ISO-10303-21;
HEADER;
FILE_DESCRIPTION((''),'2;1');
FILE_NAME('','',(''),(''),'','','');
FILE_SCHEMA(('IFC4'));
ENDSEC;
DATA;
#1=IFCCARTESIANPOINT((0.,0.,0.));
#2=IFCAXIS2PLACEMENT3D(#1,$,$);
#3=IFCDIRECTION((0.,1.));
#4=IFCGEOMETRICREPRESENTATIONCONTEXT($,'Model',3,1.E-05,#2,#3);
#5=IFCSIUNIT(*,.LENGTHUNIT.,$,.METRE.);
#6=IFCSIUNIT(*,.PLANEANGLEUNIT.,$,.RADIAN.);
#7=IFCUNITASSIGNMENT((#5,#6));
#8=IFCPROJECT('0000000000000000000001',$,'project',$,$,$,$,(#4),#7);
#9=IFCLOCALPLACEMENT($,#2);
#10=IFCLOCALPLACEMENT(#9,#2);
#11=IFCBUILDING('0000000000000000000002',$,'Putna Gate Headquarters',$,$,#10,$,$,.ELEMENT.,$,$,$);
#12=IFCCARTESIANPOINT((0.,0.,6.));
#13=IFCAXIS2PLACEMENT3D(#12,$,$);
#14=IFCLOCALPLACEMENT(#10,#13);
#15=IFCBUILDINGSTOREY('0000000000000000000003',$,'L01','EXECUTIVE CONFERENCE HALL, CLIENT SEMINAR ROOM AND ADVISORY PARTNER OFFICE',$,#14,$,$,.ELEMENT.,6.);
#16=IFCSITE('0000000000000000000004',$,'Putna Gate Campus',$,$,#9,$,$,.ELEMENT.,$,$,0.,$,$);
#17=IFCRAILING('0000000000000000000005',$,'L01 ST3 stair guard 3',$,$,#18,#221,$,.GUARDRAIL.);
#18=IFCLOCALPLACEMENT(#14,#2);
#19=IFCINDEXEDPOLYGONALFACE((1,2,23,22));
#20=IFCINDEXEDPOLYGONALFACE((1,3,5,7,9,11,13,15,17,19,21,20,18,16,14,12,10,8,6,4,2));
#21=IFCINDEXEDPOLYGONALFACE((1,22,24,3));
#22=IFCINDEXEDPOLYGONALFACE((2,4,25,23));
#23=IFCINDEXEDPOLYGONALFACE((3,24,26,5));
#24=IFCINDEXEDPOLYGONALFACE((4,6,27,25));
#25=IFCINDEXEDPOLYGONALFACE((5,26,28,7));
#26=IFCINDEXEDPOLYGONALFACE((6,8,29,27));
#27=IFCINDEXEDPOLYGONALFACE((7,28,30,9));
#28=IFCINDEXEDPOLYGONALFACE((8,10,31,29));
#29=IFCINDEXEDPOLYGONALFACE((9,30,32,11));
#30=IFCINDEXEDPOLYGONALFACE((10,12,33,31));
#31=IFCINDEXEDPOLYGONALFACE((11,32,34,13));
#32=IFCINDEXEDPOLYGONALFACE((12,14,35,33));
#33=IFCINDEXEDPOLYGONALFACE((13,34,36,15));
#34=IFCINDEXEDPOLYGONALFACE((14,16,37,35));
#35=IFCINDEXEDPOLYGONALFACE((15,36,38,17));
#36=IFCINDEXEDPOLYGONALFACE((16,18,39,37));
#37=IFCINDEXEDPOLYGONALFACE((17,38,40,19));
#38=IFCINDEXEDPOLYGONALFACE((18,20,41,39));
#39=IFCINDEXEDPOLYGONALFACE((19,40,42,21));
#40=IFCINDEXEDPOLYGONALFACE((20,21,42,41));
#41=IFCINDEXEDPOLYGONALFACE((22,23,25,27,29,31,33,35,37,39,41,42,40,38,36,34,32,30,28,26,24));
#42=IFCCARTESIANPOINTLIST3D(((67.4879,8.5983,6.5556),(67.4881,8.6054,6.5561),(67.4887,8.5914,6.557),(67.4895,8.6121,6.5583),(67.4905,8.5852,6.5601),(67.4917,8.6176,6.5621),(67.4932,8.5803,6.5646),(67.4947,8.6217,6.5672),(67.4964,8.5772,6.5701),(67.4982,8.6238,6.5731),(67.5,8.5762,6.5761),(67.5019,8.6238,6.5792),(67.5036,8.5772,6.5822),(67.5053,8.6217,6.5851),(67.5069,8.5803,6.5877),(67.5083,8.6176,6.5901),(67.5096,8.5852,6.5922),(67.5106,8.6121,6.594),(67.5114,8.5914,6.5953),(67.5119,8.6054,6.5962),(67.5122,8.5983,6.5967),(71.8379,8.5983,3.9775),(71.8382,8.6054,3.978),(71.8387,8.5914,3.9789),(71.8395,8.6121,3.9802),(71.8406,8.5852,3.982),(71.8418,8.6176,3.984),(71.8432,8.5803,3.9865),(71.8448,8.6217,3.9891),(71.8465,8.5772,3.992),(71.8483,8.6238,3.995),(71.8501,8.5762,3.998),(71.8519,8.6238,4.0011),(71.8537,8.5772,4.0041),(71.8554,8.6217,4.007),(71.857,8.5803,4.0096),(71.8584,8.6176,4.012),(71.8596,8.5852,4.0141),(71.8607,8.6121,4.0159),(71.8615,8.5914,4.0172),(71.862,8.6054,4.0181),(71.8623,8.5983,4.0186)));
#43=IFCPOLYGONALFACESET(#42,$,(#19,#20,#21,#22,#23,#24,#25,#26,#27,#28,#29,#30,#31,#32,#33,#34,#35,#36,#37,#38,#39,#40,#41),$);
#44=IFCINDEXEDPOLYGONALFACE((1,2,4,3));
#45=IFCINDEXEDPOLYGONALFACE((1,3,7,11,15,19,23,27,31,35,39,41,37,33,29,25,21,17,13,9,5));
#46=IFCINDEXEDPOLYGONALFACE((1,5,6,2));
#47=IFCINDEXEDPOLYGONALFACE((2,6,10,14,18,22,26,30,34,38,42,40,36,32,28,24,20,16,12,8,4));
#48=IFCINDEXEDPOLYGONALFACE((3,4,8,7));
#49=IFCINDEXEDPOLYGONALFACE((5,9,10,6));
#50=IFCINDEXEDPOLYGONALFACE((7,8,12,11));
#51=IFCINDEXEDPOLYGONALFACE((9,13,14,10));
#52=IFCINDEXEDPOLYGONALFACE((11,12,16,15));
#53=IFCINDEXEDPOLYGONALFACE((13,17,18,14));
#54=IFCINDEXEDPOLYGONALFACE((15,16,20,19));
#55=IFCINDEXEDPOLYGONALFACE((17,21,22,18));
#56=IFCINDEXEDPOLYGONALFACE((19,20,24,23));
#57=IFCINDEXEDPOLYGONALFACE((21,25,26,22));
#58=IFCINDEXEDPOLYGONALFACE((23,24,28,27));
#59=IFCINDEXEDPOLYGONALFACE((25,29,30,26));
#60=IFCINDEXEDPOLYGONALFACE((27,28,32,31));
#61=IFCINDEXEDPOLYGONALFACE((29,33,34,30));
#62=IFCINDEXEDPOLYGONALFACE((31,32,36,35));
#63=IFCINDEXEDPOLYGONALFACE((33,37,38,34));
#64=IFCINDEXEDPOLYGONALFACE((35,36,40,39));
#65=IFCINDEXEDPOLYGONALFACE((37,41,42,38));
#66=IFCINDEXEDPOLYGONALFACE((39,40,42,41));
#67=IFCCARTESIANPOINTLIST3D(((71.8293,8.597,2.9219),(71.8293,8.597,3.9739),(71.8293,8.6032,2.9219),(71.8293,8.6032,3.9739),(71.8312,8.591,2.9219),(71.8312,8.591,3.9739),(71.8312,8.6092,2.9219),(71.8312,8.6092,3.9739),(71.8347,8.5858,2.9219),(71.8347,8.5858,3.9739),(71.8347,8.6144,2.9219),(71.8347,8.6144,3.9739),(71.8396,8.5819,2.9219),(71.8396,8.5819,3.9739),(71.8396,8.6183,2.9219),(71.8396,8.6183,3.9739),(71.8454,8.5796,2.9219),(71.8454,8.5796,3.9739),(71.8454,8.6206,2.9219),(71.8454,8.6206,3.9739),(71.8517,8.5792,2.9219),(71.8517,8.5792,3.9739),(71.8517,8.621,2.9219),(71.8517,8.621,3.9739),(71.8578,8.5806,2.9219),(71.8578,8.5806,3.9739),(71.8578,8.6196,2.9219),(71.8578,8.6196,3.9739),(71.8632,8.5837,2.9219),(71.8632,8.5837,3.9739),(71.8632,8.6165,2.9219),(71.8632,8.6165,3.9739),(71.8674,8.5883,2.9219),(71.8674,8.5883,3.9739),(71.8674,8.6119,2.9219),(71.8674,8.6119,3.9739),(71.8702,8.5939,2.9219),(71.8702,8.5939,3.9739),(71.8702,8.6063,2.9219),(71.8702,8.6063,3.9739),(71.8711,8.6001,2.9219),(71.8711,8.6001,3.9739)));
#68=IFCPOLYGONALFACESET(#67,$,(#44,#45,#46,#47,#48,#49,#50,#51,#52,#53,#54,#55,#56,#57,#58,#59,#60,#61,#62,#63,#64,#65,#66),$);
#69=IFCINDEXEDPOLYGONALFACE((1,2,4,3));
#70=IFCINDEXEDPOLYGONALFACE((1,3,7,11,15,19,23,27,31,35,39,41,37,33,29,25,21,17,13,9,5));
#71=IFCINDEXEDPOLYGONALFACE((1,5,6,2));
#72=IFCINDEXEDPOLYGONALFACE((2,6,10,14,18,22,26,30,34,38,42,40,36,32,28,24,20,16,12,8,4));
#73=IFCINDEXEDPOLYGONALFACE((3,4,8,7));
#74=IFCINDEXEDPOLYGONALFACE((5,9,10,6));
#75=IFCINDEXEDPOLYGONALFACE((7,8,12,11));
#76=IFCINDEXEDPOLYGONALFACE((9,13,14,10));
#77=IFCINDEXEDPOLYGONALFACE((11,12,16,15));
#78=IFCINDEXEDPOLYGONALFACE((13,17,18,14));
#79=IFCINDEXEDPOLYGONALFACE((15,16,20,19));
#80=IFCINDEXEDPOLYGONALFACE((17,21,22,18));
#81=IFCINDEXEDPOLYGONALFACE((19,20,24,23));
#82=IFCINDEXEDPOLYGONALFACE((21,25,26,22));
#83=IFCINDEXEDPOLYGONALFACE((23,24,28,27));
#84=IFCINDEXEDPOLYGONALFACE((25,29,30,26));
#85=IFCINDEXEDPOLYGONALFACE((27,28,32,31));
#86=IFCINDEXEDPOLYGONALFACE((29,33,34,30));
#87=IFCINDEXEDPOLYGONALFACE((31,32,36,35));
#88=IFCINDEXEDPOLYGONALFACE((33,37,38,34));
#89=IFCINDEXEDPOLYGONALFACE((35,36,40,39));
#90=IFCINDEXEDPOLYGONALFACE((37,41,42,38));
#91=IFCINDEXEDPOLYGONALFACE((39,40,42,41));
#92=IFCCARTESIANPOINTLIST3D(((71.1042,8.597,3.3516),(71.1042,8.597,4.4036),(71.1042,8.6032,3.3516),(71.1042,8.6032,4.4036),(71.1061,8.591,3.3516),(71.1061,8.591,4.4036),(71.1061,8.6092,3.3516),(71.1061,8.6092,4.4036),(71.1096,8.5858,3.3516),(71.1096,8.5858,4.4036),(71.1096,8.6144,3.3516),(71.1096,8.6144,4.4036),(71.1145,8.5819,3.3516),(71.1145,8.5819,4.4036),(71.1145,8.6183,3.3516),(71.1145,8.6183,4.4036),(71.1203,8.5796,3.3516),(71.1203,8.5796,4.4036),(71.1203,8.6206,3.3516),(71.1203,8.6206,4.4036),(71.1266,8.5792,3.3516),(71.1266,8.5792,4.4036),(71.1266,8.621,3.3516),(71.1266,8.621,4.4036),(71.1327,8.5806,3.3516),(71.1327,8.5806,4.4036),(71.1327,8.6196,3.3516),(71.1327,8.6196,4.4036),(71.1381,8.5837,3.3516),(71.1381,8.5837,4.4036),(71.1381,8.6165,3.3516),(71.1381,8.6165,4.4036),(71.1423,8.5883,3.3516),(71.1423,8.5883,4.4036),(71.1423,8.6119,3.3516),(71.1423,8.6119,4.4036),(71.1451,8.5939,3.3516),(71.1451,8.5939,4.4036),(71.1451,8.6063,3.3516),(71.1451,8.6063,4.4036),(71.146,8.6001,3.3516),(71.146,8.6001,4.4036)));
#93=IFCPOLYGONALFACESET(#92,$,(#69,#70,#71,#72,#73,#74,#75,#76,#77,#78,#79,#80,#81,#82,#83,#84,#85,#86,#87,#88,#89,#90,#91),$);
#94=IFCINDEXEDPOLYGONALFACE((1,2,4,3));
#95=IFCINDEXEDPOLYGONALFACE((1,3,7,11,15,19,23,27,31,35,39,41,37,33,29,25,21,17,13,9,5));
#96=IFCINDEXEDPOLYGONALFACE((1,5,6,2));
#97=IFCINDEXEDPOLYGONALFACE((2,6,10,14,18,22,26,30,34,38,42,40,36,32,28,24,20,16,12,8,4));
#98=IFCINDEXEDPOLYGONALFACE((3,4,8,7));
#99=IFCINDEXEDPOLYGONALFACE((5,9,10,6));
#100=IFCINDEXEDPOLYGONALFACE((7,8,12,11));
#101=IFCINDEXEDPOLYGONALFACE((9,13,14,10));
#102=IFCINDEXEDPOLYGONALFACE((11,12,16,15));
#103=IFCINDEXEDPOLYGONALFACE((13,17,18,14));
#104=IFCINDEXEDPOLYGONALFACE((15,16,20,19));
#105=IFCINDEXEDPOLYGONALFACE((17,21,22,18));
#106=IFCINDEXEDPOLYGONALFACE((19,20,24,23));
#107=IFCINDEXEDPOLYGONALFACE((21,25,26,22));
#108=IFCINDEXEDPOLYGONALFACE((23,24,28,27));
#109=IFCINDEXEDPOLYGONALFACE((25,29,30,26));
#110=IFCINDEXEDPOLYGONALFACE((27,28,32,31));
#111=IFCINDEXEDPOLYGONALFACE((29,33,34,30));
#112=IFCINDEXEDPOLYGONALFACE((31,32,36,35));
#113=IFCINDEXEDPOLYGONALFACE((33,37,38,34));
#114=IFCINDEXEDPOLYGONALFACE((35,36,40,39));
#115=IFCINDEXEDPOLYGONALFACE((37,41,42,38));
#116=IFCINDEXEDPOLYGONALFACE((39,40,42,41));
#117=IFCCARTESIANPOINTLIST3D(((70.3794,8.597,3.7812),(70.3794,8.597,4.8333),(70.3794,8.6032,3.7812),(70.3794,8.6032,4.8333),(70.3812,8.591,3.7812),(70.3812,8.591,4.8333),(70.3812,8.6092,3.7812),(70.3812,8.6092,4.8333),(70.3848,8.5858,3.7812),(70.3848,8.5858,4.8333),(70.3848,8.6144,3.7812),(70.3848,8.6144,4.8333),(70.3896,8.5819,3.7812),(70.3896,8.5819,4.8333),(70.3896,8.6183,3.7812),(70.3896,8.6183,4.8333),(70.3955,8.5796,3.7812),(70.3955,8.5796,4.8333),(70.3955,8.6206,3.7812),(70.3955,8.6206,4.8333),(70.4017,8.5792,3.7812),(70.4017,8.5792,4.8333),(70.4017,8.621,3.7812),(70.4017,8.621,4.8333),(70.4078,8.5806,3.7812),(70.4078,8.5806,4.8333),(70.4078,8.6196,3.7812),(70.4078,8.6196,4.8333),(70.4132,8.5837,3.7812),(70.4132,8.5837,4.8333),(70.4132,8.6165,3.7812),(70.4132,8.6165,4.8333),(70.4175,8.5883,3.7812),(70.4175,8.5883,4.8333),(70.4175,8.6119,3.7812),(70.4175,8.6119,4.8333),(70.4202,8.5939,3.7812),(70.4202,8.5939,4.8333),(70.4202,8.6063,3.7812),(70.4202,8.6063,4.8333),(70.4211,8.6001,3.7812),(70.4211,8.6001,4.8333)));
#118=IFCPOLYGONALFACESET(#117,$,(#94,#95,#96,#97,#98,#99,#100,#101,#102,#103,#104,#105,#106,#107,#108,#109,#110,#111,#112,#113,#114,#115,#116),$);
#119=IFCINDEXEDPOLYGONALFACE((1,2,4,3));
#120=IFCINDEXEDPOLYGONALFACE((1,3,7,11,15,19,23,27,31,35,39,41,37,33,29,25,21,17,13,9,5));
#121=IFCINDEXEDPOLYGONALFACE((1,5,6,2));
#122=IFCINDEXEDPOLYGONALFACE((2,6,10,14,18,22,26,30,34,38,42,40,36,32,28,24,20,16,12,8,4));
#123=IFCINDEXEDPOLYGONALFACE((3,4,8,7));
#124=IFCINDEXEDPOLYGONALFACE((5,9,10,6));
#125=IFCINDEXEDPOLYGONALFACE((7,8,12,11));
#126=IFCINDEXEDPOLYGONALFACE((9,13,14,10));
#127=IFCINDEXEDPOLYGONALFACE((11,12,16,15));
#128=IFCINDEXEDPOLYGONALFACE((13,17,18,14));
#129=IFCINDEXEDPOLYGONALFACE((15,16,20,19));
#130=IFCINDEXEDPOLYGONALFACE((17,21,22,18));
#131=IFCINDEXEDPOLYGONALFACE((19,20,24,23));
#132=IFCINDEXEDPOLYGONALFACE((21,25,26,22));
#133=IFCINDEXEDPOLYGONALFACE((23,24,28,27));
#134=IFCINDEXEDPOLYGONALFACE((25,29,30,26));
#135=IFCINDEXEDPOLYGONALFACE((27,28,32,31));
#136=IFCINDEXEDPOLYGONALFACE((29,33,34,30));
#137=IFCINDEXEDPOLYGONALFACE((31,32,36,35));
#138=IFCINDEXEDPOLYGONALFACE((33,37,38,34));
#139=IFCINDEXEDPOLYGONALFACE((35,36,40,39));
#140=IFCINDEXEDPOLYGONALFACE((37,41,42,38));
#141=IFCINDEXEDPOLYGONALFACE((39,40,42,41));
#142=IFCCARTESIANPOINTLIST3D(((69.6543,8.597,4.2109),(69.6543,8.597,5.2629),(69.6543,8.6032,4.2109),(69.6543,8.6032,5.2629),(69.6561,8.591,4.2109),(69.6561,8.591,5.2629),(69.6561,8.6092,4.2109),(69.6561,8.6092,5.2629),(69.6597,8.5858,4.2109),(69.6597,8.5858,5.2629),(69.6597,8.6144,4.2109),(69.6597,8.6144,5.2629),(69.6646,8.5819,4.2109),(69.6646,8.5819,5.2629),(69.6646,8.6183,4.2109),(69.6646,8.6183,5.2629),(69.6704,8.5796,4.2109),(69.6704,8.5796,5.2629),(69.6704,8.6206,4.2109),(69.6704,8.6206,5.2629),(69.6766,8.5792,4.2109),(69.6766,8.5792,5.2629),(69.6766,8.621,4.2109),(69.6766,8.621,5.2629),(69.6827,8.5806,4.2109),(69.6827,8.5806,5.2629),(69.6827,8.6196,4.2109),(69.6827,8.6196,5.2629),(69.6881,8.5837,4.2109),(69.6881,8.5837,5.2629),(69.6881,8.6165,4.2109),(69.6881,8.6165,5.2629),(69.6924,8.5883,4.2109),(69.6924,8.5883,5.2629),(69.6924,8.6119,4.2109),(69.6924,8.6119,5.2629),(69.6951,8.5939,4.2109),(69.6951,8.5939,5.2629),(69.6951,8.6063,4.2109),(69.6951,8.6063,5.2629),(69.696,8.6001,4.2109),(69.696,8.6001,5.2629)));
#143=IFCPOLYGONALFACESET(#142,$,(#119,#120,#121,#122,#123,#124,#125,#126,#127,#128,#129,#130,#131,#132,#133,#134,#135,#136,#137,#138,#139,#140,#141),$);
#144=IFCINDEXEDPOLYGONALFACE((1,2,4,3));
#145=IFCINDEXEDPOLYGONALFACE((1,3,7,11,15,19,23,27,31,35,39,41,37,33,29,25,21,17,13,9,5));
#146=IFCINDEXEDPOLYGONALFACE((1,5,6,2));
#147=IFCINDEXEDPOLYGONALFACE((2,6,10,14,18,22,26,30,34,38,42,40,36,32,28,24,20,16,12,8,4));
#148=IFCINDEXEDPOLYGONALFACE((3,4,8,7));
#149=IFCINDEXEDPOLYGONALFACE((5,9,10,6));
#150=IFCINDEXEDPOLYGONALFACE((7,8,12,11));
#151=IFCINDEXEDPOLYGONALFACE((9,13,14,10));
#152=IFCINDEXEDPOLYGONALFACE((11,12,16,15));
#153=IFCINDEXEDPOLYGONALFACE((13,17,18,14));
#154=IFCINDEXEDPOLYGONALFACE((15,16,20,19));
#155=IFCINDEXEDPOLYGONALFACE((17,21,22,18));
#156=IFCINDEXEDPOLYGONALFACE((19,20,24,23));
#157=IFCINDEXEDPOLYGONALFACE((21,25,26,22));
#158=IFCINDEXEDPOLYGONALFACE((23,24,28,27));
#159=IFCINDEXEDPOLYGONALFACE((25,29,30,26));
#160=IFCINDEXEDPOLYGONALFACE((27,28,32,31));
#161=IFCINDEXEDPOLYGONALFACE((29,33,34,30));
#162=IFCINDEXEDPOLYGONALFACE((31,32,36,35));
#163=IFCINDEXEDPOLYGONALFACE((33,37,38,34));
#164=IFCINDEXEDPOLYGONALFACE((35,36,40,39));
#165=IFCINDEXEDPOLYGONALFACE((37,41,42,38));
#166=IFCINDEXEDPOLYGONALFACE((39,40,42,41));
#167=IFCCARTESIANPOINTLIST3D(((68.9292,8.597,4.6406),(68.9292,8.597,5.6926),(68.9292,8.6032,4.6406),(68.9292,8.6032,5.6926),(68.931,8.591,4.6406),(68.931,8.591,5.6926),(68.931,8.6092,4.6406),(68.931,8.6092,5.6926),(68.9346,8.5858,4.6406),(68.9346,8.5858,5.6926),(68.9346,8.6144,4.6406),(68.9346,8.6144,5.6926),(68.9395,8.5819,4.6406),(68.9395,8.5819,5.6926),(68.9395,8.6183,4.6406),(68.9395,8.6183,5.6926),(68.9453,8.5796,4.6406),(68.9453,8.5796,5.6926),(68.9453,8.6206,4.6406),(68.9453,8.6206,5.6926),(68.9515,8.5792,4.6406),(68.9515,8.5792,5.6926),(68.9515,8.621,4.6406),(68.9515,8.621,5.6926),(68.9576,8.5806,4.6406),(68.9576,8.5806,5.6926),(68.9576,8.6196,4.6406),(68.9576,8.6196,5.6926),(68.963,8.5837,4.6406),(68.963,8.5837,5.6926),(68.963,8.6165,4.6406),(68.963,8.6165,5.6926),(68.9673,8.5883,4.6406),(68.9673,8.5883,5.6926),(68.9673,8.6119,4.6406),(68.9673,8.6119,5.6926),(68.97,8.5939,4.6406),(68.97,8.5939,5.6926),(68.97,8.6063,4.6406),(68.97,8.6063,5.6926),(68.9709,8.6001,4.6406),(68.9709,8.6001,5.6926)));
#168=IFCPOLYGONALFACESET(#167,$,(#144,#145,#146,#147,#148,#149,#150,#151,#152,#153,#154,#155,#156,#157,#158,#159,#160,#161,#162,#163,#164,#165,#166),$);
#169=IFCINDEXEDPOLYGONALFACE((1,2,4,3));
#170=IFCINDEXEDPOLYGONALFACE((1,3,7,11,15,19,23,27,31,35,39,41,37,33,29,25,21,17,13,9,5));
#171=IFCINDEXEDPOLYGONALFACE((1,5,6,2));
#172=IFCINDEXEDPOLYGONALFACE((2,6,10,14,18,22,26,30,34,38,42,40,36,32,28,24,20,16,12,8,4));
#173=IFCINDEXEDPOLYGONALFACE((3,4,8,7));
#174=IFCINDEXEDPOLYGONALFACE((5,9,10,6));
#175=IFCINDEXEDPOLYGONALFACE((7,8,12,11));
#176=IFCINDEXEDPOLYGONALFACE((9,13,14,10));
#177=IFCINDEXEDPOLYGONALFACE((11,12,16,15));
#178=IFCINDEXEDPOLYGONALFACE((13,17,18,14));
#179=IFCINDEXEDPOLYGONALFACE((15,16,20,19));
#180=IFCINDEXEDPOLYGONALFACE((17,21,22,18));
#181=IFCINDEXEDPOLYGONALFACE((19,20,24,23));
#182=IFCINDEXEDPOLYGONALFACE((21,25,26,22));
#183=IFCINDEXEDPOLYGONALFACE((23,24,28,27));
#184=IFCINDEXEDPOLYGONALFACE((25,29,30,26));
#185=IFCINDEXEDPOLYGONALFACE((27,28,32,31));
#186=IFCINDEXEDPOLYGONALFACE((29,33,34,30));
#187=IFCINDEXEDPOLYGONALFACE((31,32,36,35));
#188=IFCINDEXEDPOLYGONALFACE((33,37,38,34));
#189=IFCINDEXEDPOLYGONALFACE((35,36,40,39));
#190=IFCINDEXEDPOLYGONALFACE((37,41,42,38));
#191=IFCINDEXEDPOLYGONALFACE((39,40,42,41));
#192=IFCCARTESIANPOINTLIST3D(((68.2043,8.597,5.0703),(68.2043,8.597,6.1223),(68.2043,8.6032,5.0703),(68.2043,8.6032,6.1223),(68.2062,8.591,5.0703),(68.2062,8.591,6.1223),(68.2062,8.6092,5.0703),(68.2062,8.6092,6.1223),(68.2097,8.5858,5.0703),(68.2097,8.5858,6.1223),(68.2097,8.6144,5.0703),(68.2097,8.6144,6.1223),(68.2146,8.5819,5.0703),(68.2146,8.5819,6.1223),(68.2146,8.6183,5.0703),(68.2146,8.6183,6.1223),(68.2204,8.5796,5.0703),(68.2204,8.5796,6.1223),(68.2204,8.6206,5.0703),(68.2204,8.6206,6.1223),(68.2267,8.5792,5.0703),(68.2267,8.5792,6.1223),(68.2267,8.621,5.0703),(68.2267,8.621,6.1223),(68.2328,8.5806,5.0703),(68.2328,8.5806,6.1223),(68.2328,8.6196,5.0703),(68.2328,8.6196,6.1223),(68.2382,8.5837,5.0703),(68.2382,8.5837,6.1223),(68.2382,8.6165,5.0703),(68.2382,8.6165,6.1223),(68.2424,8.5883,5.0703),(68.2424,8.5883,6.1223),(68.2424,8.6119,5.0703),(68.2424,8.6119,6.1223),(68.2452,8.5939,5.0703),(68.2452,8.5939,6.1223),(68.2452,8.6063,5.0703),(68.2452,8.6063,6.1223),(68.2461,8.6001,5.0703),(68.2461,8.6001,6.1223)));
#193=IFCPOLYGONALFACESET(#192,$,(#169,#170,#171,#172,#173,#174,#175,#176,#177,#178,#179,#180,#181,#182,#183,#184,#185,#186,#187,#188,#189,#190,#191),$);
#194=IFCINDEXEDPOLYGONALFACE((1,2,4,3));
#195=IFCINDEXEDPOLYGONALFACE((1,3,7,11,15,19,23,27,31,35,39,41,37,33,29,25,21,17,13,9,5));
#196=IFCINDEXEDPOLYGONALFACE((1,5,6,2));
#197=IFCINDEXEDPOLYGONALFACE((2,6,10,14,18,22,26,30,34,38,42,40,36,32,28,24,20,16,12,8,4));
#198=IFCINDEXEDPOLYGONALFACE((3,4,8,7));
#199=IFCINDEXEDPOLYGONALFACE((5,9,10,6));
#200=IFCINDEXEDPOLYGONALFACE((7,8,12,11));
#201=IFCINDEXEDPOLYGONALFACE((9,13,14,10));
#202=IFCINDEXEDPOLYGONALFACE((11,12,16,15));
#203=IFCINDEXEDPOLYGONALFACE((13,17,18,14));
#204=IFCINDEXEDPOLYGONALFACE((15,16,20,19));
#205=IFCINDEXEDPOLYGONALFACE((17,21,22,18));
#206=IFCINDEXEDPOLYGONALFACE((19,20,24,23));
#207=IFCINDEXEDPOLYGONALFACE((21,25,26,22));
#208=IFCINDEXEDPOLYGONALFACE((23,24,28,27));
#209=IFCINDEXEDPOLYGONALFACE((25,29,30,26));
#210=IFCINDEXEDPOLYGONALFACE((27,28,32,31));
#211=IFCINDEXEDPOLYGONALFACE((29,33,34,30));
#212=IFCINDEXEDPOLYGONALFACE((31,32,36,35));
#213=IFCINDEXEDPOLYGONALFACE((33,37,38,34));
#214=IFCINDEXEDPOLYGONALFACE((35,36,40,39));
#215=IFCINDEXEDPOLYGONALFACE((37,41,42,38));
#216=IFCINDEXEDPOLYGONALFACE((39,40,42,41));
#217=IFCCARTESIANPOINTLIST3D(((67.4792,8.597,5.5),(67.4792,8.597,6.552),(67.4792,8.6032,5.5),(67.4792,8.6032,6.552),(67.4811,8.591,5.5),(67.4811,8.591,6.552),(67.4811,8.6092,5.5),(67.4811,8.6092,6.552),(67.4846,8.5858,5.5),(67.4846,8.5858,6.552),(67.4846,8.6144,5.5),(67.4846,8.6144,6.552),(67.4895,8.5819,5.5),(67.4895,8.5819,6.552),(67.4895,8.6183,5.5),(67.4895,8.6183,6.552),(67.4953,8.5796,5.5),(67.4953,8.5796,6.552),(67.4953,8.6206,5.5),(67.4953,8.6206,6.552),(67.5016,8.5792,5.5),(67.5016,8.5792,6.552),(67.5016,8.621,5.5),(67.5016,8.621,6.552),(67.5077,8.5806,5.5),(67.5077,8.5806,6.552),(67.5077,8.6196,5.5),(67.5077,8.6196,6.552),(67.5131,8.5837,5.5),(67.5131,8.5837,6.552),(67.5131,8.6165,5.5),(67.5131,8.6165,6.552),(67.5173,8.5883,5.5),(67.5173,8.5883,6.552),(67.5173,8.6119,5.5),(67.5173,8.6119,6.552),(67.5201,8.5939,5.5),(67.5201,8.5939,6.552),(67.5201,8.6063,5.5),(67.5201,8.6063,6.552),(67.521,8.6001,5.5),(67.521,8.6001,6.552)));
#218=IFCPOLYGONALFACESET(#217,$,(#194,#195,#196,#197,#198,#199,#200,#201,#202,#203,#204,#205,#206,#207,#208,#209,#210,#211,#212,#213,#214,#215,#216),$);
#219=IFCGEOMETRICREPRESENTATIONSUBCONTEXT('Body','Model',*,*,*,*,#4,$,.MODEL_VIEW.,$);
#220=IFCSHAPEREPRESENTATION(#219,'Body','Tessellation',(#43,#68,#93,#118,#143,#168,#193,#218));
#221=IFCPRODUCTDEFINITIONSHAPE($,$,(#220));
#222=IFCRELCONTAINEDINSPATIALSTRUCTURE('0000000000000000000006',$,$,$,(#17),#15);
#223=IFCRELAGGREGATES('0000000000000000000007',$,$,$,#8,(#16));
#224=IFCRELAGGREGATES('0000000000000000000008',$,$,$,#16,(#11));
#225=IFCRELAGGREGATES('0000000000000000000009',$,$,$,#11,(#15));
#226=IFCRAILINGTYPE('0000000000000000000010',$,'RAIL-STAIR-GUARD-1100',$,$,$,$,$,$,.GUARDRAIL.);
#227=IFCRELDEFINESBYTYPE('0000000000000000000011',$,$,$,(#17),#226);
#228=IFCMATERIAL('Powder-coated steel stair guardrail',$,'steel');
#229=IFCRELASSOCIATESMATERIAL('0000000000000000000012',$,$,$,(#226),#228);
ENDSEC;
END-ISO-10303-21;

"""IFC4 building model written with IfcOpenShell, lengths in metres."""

from ifc_helpers import new_model, si_unit, direction, frame, origin, origin_2d, place, context, subcontext, project, spatial, circle, extrude, material, type_object, element, save


model = new_model("IFC4")

# Units and contexts
model_context = context("Model", 3, precision=1e-05, world=origin(), true_north=direction((0.0, 1.0)))
body_context = subcontext(model_context, "Body", "Model", "MODEL_VIEW")
ifc_project = project(units=[si_unit("LENGTHUNIT", "METRE"), si_unit("PLANEANGLEUNIT", "RADIAN")], contexts=[model_context])

# Site, building, storey
site_placement = place(None, origin())
site = spatial("IfcSite", under=ifc_project, at=site_placement, Name="Putna Gate Campus", CompositionType="ELEMENT", RefElevation=0.0)
building_placement = place(site_placement, origin())
building = spatial("IfcBuilding", under=site, at=building_placement, Name="Putna Gate Headquarters", CompositionType="ELEMENT")
storey_placement = place(building_placement, frame((0.0, 0.0, 6.0)))
storey = spatial("IfcBuildingStorey", under=building, at=storey_placement, Name="L01", Description="EXECUTIVE CONFERENCE HALL, CLIENT SEMINAR ROOM AND ADVISORY PARTNER OFFICE", CompositionType="ELEMENT", Elevation=6.0)

# Railing
ifc_material_1 = material(Name="Powder-coated steel stair guardrail", Category="steel")
railing_type_1 = type_object("IfcRailingType", Name="RAIL-STAIR-GUARD-1100", PredefinedType="GUARDRAIL", material=ifc_material_1)
railing_1_placement = place(storey_placement, frame((71.8501, 8.6001, 2.9219)))
element("IfcRailing", 1, at=railing_1_placement, inside=storey, type_object=railing_type_1, Name="L01 ST3 stair guard 3", PredefinedType="GUARDRAIL", context=body_context, shape_type="SweptSolid", body=[
    extrude(circle(Radius=0.0239, at=origin_2d()), frame((0.0, 0.0, 1.0762), z_axis=(-0.860266, 0.0, 0.509845), x_axis=(0.0, -1.0, 0.0)), (0.0, 0.0, 1.0), 5.0566),
    extrude(circle(Radius=0.021, at=origin_2d()), origin(), (0.0, 0.0, 1.0), 1.052),
    extrude(circle(Radius=0.021, at=origin_2d()), frame((-0.7251, 0.0, 0.4297)), (0.0, 0.0, 1.0), 1.052),
    extrude(circle(Radius=0.021, at=origin_2d()), frame((-1.45, 0.0, 0.8594)), (0.0, 0.0, 1.0), 1.052),
    extrude(circle(Radius=0.021, at=origin_2d()), frame((-2.175, 0.0, 1.2891)), (0.0, 0.0, 1.0), 1.052),
    extrude(circle(Radius=0.021, at=origin_2d()), frame((-2.9001, 0.0, 1.7188)), (0.0, 0.0, 1.0), 1.052),
    extrude(circle(Radius=0.021, at=origin_2d()), frame((-3.625, 0.0, 2.1484)), (0.0, 0.0, 1.0), 1.052),
    extrude(circle(Radius=0.021, at=origin_2d()), frame((-4.3501, 0.0, 2.5781)), (0.0, 0.0, 1.0), 1.052),
])

save(model, "model.ifc")
